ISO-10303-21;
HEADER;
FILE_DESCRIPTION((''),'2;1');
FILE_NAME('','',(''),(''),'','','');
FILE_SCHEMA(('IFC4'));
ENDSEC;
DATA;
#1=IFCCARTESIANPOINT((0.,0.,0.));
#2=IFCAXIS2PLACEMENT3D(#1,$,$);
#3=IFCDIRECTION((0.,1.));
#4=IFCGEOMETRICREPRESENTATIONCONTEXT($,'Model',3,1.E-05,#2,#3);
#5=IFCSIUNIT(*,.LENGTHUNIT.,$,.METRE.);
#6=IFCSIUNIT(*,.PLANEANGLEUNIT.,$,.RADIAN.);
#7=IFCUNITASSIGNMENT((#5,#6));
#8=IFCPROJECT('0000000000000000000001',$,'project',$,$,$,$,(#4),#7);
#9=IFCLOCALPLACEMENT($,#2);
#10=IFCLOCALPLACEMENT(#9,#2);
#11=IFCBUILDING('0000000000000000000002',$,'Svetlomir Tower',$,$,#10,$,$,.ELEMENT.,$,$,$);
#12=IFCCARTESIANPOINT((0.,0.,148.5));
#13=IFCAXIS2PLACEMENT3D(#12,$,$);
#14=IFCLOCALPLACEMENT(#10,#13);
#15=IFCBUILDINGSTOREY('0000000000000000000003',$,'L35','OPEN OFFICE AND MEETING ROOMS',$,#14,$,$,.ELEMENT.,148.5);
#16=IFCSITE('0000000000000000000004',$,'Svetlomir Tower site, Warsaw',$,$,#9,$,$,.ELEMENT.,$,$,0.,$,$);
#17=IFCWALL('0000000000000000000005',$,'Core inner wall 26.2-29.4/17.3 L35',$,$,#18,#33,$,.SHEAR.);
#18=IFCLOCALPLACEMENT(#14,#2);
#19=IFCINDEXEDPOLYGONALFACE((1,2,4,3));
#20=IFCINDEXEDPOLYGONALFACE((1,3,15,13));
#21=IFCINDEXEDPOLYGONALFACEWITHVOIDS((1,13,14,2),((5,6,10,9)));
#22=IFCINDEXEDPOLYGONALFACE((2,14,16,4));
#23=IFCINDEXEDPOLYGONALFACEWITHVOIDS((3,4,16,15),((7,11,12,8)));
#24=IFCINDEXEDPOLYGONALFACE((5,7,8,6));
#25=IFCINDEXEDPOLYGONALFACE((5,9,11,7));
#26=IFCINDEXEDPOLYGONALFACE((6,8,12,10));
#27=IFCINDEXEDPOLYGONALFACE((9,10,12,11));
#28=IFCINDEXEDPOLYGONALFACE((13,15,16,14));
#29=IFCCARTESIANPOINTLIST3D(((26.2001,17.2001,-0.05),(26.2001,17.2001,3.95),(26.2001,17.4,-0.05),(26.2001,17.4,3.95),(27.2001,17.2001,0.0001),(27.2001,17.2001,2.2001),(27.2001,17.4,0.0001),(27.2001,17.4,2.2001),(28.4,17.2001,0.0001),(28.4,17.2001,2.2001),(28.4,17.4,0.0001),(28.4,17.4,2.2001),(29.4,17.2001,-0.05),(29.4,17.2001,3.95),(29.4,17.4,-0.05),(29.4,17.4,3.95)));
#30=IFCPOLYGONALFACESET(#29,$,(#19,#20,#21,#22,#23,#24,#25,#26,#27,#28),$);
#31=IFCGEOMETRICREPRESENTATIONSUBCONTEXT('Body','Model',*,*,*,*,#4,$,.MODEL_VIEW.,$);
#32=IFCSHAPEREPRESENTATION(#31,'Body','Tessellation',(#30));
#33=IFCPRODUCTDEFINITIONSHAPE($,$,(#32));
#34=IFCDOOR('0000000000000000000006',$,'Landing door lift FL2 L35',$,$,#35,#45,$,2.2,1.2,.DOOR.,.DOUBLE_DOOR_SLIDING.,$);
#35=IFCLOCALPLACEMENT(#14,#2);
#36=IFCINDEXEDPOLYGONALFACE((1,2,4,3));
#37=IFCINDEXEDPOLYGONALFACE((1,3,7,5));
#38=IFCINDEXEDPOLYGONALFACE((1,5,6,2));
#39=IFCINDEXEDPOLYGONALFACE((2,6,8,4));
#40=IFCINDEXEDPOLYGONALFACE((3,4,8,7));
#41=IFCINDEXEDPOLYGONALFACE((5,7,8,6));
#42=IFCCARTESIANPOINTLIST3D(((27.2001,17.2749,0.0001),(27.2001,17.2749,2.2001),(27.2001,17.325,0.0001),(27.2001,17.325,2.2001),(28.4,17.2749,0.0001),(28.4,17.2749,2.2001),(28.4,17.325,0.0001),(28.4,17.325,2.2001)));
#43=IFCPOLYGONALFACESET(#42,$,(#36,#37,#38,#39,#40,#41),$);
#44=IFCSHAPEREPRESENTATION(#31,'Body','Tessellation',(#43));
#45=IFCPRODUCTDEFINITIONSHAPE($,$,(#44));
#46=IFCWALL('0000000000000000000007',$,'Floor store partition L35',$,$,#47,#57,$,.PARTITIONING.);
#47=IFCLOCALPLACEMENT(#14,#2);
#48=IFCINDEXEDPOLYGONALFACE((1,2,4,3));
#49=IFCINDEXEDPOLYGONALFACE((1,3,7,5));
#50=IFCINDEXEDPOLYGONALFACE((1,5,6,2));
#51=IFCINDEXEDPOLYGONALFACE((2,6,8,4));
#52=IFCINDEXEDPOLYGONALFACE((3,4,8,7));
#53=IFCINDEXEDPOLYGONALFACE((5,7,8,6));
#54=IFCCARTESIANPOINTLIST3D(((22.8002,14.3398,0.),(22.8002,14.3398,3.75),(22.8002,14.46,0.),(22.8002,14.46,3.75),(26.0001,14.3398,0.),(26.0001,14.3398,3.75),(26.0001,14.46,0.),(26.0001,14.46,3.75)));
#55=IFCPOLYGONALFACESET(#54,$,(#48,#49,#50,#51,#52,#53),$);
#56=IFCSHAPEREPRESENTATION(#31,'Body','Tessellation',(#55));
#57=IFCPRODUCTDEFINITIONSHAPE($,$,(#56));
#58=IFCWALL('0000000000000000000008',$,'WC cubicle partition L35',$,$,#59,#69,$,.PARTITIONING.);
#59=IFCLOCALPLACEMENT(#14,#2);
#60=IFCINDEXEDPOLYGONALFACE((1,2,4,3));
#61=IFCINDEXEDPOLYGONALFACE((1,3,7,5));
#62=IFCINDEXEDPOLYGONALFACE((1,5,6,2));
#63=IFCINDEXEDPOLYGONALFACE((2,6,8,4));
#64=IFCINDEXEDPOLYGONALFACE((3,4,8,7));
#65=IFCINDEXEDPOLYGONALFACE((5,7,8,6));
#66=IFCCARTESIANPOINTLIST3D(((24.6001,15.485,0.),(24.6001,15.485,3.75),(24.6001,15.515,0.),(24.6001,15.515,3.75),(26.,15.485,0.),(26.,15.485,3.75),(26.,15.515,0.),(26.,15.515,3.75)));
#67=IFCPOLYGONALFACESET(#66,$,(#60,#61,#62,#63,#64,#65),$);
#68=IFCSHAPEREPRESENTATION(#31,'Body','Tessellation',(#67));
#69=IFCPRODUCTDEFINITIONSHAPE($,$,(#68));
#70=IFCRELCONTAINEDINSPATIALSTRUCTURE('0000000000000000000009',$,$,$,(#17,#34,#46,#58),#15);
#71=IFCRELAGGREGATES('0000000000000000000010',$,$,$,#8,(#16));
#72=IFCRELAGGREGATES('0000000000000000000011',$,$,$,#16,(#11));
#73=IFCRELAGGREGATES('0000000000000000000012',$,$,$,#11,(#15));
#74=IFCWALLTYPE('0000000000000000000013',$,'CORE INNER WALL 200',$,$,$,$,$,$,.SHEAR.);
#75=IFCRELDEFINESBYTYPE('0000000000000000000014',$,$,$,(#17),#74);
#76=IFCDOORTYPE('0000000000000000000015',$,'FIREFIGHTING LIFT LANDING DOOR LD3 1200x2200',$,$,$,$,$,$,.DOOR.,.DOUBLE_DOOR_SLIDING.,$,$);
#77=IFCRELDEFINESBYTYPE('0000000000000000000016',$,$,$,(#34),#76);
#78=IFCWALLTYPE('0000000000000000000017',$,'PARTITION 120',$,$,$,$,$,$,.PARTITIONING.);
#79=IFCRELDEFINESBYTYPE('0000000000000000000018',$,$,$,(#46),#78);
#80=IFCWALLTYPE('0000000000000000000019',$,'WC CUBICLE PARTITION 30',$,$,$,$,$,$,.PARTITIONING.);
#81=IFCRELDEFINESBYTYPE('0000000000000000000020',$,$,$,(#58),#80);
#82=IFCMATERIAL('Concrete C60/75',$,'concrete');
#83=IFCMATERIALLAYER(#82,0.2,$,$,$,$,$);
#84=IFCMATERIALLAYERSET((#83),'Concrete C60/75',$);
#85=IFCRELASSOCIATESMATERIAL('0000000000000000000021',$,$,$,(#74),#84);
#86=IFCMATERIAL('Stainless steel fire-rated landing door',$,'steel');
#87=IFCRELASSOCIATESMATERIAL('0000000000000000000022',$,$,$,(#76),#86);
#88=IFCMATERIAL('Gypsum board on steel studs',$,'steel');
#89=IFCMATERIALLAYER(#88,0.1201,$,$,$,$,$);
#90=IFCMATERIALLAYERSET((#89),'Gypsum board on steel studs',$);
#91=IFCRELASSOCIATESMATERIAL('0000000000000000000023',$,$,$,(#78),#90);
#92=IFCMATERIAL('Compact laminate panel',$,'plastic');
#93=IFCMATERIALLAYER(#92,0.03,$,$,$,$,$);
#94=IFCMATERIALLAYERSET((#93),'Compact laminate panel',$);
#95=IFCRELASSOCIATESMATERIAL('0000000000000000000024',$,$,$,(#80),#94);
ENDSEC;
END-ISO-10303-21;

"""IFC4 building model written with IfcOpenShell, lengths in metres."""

from ifc_helpers import new_model, si_unit, direction, frame, frame_2d, origin, place, context, subcontext, project, spatial, rectangle, extrude, material, layer, layer_set, type_object, element, fill, save


model = new_model("IFC4")

# Units and contexts
model_context = context("Model", 3, precision=1e-05, world=origin(), true_north=direction((0.0, 1.0)))
body_context = subcontext(model_context, "Body", "Model", "MODEL_VIEW")
ifc_project = project(units=[si_unit("LENGTHUNIT", "METRE"), si_unit("PLANEANGLEUNIT", "RADIAN")], contexts=[model_context])

# Site, building, storey
site_placement = place(None, origin())
site = spatial("IfcSite", under=ifc_project, at=site_placement, Name="Svetlomir Tower site, Warsaw", CompositionType="ELEMENT", RefElevation=0.0)
building_placement = place(site_placement, origin())
building = spatial("IfcBuilding", under=site, at=building_placement, Name="Svetlomir Tower", CompositionType="ELEMENT")
storey_placement = place(building_placement, frame((0.0, 0.0, 148.5)))
storey = spatial("IfcBuildingStorey", under=building, at=storey_placement, Name="L35", Description="OPEN OFFICE AND MEETING ROOMS", CompositionType="ELEMENT", Elevation=148.5)

# Shared definitions
ifc_material_1 = material(Name="Concrete C60/75", Category="concrete")
ifc_layer_1 = layer(ifc_material_1, 0.2)
ifc_layer_set_1 = layer_set([ifc_layer_1], Name="Concrete C60/75")
wall_type_1 = type_object("IfcWallType", Name="CORE INNER WALL 200", PredefinedType="SHEAR", material=ifc_layer_set_1)

# Wall, opening, door
wall_1_placement = place(storey_placement, frame((26.2, 17.3, -0.05), z_axis=(0.0, 0.0, 1.0), x_axis=(1.0, 0.0, 0.0)))
wall_1 = element("IfcWall", 1, at=wall_1_placement, inside=storey, type_object=wall_type_1, Name="Core inner wall 26.2-29.4/17.3 L35", PredefinedType="SHEAR", context=body_context, shape_type="SweptSolid", body=[
    extrude(rectangle(XDim=3.2, YDim=0.2, at=frame_2d((1.6001, 0.0))), origin(), (0.0, 0.0, 1.0), 4.0),
])
opening_1_placement = place(wall_1_placement, frame((1.0, 0.0, 0.05)))
opening_1 = element("IfcOpeningElement", 2, at=opening_1_placement, cuts=wall_1, PredefinedType="OPENING", context=body_context, shape_type="SweptSolid", body=[
    extrude(rectangle(XDim=1.2, YDim=2.2, at=frame_2d((0.6001, 1.1001))), frame((0.0, 0.1099, 0.0), z_axis=(0.0, -1.0, 0.0), x_axis=(1.0, 0.0, 0.0)), (0.0, 0.0, 1.0), 0.22),
])
ifc_material_2 = material(Name="Stainless steel fire-rated landing door", Category="steel")
door_type_1 = type_object("IfcDoorType", Name="FIREFIGHTING LIFT LANDING DOOR LD3 1200x2200", OperationType="DOUBLE_DOOR_SLIDING", PredefinedType="DOOR", material=ifc_material_2)
door_1_placement = place(opening_1_placement, origin())
door_1 = element("IfcDoor", 3, at=door_1_placement, inside=storey, type_object=door_type_1, Name="Landing door lift FL2 L35", OperationType="DOUBLE_DOOR_SLIDING", OverallHeight=2.2, OverallWidth=1.2, PredefinedType="DOOR", context=body_context, shape_type="SweptSolid", body=[
    extrude(rectangle(XDim=1.2, YDim=2.2, at=frame_2d((0.6001, 1.1001))), frame((0.0, 0.0249, 0.0), z_axis=(0.0, -1.0, 0.0), x_axis=(1.0, 0.0, 0.0)), (0.0, 0.0, 1.0), 0.05),
])
fill(opening_1, door_1)

# Walls
ifc_material_3 = material(Name="Gypsum board on steel studs", Category="steel")
ifc_layer_2 = layer(ifc_material_3, 0.1201)
ifc_layer_set_2 = layer_set([ifc_layer_2], Name="Gypsum board on steel studs")
wall_type_2 = type_object("IfcWallType", Name="PARTITION 120", PredefinedType="PARTITIONING", material=ifc_layer_set_2)
wall_2_placement = place(storey_placement, frame((22.8, 14.3999, 0.0), z_axis=(0.0, 0.0, 1.0), x_axis=(1.0, 0.0, 0.0)))
element("IfcWall", 4, at=wall_2_placement, inside=storey, type_object=wall_type_2, Name="Floor store partition L35", PredefinedType="PARTITIONING", context=body_context, shape_type="SweptSolid", body=[
    extrude(rectangle(XDim=3.2, YDim=0.1201, at=frame_2d((1.6001, 0.0))), origin(), (0.0, 0.0, 1.0), 3.75),
])
ifc_material_4 = material(Name="Compact laminate panel", Category="plastic")
ifc_layer_3 = layer(ifc_material_4, 0.03)
ifc_layer_set_3 = layer_set([ifc_layer_3], Name="Compact laminate panel")
wall_type_3 = type_object("IfcWallType", Name="WC CUBICLE PARTITION 30", PredefinedType="PARTITIONING", material=ifc_layer_set_3)
wall_3_placement = place(storey_placement, frame((24.6001, 15.5, 0.0), z_axis=(0.0, 0.0, 1.0), x_axis=(1.0, 0.0, 0.0)))
element("IfcWall", 5, at=wall_3_placement, inside=storey, type_object=wall_type_3, Name="WC cubicle partition L35", PredefinedType="PARTITIONING", context=body_context, shape_type="SweptSolid", body=[
    extrude(rectangle(XDim=1.3999, YDim=0.03, at=frame_2d((0.7, 0.0))), origin(), (0.0, 0.0, 1.0), 3.75),
])

save(model, "model.ifc")
